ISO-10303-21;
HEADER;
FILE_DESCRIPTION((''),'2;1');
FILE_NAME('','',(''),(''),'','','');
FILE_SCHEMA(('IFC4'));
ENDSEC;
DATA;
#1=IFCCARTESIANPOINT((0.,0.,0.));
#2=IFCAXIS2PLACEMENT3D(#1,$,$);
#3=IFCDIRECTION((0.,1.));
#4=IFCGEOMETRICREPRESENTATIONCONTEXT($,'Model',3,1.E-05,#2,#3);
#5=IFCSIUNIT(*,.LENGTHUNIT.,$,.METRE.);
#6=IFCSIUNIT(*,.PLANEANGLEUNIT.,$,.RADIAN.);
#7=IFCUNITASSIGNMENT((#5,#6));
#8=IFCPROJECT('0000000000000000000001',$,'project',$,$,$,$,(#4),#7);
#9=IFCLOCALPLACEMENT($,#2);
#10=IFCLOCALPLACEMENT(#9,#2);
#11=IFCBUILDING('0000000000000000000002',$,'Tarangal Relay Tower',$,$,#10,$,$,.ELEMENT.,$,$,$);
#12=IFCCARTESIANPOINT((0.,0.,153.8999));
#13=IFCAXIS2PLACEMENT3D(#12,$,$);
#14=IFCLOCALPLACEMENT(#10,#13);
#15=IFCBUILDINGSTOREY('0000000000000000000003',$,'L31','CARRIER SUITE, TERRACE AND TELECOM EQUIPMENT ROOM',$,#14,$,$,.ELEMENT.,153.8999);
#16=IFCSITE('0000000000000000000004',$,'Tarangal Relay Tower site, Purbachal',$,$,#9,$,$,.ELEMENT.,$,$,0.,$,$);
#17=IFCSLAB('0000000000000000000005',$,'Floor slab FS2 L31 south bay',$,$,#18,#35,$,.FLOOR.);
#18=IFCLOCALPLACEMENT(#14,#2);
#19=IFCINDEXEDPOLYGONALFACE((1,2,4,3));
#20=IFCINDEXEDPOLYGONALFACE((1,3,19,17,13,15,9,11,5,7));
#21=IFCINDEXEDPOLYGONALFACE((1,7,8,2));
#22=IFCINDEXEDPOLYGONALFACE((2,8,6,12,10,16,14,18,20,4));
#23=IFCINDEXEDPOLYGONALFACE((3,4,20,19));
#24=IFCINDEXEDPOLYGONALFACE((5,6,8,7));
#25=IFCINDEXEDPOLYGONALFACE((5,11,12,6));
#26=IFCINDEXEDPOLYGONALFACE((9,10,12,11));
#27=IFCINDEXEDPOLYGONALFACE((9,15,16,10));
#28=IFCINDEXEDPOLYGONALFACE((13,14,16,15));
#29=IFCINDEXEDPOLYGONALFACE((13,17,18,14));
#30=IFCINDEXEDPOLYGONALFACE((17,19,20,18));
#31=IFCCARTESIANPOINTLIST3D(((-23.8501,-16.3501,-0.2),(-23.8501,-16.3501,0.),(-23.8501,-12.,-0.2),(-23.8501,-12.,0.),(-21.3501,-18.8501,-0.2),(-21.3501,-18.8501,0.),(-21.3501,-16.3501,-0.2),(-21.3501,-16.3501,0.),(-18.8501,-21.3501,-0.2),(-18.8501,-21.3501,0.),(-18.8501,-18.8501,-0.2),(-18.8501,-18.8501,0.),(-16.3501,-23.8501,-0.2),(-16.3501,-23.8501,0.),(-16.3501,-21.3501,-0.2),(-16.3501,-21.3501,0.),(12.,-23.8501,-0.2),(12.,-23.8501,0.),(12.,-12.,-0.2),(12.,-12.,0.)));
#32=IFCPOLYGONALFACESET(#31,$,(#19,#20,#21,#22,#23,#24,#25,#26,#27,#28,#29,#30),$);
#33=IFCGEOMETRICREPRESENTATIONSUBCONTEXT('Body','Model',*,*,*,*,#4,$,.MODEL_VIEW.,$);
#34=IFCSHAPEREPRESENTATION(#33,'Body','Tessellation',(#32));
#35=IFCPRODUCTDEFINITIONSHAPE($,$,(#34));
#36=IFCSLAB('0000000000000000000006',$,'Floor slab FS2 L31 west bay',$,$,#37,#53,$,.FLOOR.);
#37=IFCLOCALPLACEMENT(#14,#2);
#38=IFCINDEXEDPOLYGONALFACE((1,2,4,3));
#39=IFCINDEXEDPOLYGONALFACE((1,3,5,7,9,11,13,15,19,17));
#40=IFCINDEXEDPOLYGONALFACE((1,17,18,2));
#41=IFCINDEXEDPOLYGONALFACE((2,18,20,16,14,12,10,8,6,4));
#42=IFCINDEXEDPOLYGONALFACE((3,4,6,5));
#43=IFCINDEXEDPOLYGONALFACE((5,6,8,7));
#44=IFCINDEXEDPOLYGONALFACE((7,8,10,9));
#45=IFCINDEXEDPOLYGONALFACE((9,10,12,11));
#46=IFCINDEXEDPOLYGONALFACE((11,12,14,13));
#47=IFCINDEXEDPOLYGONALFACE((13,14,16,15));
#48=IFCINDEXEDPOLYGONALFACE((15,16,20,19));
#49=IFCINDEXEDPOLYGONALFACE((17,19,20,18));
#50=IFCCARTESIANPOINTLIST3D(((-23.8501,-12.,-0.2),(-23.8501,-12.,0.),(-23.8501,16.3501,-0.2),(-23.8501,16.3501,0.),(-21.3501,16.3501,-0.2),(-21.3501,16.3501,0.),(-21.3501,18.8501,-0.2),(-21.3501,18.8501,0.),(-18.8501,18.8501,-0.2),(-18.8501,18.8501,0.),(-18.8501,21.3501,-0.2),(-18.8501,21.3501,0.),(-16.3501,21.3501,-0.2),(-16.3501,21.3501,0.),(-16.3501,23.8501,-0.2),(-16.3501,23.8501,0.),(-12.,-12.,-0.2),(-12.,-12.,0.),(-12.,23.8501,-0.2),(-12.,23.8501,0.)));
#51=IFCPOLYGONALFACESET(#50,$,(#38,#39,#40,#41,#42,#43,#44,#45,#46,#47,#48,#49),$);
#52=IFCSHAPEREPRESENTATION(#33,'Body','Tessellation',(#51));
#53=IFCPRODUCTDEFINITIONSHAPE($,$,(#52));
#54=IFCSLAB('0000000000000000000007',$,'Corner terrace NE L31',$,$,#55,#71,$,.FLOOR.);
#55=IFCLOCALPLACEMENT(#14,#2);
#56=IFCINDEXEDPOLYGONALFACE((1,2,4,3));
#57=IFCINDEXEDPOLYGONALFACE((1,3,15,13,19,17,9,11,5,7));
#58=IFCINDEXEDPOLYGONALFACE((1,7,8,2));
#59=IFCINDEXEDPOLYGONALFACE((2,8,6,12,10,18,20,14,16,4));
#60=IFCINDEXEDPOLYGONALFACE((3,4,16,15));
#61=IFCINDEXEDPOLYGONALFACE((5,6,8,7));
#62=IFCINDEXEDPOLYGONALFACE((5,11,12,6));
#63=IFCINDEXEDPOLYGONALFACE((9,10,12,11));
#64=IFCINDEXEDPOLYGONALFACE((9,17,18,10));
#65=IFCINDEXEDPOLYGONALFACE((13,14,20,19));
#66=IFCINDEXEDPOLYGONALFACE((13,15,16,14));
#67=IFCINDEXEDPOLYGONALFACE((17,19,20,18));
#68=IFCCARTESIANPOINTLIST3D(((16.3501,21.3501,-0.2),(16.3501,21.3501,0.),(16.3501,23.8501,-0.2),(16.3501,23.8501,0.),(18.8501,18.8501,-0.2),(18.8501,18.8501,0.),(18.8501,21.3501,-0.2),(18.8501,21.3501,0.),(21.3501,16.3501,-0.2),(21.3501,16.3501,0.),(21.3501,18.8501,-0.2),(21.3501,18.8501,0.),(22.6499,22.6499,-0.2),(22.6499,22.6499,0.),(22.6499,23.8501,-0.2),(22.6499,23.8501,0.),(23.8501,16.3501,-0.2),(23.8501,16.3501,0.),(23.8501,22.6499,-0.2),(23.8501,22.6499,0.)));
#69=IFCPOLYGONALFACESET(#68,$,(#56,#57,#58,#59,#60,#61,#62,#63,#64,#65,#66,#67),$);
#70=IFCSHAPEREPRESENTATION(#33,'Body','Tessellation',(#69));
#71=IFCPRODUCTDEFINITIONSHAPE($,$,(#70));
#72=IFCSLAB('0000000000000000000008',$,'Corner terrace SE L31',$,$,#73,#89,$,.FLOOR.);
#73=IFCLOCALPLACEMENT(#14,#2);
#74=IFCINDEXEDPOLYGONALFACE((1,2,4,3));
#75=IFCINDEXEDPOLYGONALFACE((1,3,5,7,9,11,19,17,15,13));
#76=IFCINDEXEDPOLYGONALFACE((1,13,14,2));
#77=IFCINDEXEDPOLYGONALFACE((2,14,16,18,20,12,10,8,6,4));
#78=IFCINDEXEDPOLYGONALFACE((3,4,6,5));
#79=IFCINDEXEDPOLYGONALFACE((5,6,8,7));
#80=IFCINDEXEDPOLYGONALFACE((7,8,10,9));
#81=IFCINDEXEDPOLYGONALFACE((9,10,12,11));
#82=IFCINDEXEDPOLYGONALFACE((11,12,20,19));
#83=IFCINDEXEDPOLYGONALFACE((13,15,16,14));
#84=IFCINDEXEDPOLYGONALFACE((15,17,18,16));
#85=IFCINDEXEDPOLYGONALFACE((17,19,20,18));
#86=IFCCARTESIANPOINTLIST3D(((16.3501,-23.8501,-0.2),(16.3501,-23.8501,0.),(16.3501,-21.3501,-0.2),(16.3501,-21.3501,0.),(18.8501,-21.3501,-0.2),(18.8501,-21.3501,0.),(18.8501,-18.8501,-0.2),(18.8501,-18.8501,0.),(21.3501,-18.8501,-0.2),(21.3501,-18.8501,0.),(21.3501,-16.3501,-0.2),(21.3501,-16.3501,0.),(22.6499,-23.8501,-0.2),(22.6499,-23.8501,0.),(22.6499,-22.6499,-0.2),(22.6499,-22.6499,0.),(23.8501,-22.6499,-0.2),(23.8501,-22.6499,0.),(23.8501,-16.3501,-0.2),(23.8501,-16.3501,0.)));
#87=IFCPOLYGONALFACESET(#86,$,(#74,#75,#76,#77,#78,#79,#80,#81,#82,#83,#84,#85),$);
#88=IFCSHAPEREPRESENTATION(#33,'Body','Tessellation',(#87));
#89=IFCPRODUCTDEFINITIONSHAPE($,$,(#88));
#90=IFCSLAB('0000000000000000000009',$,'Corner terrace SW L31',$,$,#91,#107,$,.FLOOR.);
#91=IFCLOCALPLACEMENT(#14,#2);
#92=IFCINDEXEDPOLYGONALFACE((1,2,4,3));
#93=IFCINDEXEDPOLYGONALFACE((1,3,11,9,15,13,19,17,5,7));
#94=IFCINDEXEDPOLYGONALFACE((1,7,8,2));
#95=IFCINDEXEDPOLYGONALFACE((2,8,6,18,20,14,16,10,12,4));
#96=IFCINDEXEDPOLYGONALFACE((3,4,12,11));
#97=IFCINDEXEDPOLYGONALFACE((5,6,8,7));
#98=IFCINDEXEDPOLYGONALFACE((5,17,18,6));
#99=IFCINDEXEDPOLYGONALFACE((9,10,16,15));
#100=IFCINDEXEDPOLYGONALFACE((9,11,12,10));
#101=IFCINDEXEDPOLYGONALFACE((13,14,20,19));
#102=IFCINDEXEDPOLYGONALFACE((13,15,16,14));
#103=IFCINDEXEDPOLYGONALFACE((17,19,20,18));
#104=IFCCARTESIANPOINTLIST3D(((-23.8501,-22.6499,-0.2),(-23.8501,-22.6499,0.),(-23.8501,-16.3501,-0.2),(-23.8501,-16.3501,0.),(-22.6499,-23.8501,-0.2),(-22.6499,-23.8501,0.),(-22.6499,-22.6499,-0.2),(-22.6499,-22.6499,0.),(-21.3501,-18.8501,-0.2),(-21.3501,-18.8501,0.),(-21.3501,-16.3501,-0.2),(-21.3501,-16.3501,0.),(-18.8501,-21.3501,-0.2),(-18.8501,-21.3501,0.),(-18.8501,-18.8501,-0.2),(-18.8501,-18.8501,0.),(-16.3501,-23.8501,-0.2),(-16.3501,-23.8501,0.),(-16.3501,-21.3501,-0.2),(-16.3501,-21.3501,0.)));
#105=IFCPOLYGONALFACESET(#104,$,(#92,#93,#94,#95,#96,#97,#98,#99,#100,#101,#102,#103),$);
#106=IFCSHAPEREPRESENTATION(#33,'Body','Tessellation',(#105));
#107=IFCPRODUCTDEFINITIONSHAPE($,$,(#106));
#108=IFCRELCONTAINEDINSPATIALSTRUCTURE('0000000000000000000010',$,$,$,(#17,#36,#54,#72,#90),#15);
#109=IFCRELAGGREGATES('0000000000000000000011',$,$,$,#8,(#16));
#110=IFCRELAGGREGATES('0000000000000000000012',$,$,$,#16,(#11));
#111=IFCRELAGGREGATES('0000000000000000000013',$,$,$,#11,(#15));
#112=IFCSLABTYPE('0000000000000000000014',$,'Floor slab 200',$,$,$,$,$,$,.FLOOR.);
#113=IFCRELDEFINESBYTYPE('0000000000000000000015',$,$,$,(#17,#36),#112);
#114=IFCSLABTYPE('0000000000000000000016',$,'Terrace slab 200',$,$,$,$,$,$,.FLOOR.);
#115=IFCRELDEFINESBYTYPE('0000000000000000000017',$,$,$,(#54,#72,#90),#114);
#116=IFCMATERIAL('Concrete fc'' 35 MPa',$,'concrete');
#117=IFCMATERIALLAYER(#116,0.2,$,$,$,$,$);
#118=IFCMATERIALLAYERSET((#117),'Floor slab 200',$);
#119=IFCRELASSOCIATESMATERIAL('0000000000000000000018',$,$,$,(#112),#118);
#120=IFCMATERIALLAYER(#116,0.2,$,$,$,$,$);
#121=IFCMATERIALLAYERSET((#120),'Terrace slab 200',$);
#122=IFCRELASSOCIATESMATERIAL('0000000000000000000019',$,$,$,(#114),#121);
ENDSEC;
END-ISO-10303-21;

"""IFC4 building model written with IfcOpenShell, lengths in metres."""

from ifc_helpers import new_model, si_unit, direction, frame, origin, place, context, subcontext, project, spatial, polyline, outline, extrude, material, layer, layer_set, type_object, element, save


model = new_model("IFC4")

# Units and contexts
model_context = context("Model", 3, precision=1e-05, world=origin(), true_north=direction((0.0, 1.0)))
body_context = subcontext(model_context, "Body", "Model", "MODEL_VIEW")
ifc_project = project(units=[si_unit("LENGTHUNIT", "METRE"), si_unit("PLANEANGLEUNIT", "RADIAN")], contexts=[model_context])

# Site, building, storey
site_placement = place(None, origin())
site = spatial("IfcSite", under=ifc_project, at=site_placement, Name="Tarangal Relay Tower site, Purbachal", CompositionType="ELEMENT", RefElevation=0.0)
building_placement = place(site_placement, origin())
building = spatial("IfcBuilding", under=site, at=building_placement, Name="Tarangal Relay Tower", CompositionType="ELEMENT")
storey_placement = place(building_placement, frame((0.0, 0.0, 153.8999)))
storey = spatial("IfcBuildingStorey", under=building, at=storey_placement, Name="L31", Description="CARRIER SUITE, TERRACE AND TELECOM EQUIPMENT ROOM", CompositionType="ELEMENT", Elevation=153.8999)

# Slabs
ifc_material_1 = material(Name="Concrete fc' 35 MPa", Category="concrete")
ifc_layer_1 = layer(ifc_material_1, 0.2)
ifc_layer_set_1 = layer_set([ifc_layer_1], Name="Floor slab 200")
slab_type_1 = type_object("IfcSlabType", Name="Floor slab 200", PredefinedType="FLOOR", material=ifc_layer_set_1)
slab_1_placement = place(storey_placement, frame((0.0, 0.0, -0.2)))
element("IfcSlab", 1, at=slab_1_placement, inside=storey, type_object=slab_type_1, Name="Floor slab FS2 L31 south bay", PredefinedType="FLOOR", context=body_context, shape_type="SweptSolid", body=[
    extrude(outline(polyline([(-16.3501, -23.8501), (-16.3501, -21.3501), (-18.8501, -21.3501), (-18.8501, -18.8501), (-21.3501, -18.8501), (-21.3501, -16.3501), (-23.8501, -16.3501), (-23.8501, -12.0), (12.0, -12.0), (12.0, -23.8501), (-16.3501, -23.8501)])), origin(), (0.0, 0.0, 1.0), 0.2),
])
slab_2_placement = place(storey_placement, frame((0.0, 0.0, -0.2)))
element("IfcSlab", 2, at=slab_2_placement, inside=storey, type_object=slab_type_1, Name="Floor slab FS2 L31 west bay", PredefinedType="FLOOR", context=body_context, shape_type="SweptSolid", body=[
    extrude(outline(polyline([(-12.0, 23.8501), (-12.0, -12.0), (-23.8501, -12.0), (-23.8501, 16.3501), (-21.3501, 16.3501), (-21.3501, 18.8501), (-18.8501, 18.8501), (-18.8501, 21.3501), (-16.3501, 21.3501), (-16.3501, 23.8501), (-12.0, 23.8501)])), origin(), (0.0, 0.0, 1.0), 0.2),
])
ifc_layer_2 = layer(ifc_material_1, 0.2)
ifc_layer_set_2 = layer_set([ifc_layer_2], Name="Terrace slab 200")
slab_type_2 = type_object("IfcSlabType", Name="Terrace slab 200", PredefinedType="FLOOR", material=ifc_layer_set_2)
slab_3_placement = place(storey_placement, frame((0.0, 0.0, -0.2)))
element("IfcSlab", 3, at=slab_3_placement, inside=storey, type_object=slab_type_2, Name="Corner terrace NE L31", PredefinedType="FLOOR", context=body_context, shape_type="SweptSolid", body=[
    extrude(outline(polyline([(16.3501, 23.8501), (16.3501, 21.3501), (18.8501, 21.3501), (18.8501, 18.8501), (21.3501, 18.8501), (21.3501, 16.3501), (23.8501, 16.3501), (23.8501, 22.6499), (22.6499, 22.6499), (22.6499, 23.8501), (16.3501, 23.8501)])), origin(), (0.0, 0.0, 1.0), 0.2),
])
slab_4_placement = place(storey_placement, frame((0.0, 0.0, -0.2)))
element("IfcSlab", 4, at=slab_4_placement, inside=storey, type_object=slab_type_2, Name="Corner terrace SE L31", PredefinedType="FLOOR", context=body_context, shape_type="SweptSolid", body=[
    extrude(outline(polyline([(23.8501, -16.3501), (21.3501, -16.3501), (21.3501, -18.8501), (18.8501, -18.8501), (18.8501, -21.3501), (16.3501, -21.3501), (16.3501, -23.8501), (22.6499, -23.8501), (22.6499, -22.6499), (23.8501, -22.6499), (23.8501, -16.3501)])), origin(), (0.0, 0.0, 1.0), 0.2),
])
slab_5_placement = place(storey_placement, frame((0.0, 0.0, -0.2)))
element("IfcSlab", 5, at=slab_5_placement, inside=storey, type_object=slab_type_2, Name="Corner terrace SW L31", PredefinedType="FLOOR", context=body_context, shape_type="SweptSolid", body=[
    extrude(outline(polyline([(-16.3501, -23.8501), (-16.3501, -21.3501), (-18.8501, -21.3501), (-18.8501, -18.8501), (-21.3501, -18.8501), (-21.3501, -16.3501), (-23.8501, -16.3501), (-23.8501, -22.6499), (-22.6499, -22.6499), (-22.6499, -23.8501), (-16.3501, -23.8501)])), origin(), (0.0, 0.0, 1.0), 0.2),
])

save(model, "model.ifc")
